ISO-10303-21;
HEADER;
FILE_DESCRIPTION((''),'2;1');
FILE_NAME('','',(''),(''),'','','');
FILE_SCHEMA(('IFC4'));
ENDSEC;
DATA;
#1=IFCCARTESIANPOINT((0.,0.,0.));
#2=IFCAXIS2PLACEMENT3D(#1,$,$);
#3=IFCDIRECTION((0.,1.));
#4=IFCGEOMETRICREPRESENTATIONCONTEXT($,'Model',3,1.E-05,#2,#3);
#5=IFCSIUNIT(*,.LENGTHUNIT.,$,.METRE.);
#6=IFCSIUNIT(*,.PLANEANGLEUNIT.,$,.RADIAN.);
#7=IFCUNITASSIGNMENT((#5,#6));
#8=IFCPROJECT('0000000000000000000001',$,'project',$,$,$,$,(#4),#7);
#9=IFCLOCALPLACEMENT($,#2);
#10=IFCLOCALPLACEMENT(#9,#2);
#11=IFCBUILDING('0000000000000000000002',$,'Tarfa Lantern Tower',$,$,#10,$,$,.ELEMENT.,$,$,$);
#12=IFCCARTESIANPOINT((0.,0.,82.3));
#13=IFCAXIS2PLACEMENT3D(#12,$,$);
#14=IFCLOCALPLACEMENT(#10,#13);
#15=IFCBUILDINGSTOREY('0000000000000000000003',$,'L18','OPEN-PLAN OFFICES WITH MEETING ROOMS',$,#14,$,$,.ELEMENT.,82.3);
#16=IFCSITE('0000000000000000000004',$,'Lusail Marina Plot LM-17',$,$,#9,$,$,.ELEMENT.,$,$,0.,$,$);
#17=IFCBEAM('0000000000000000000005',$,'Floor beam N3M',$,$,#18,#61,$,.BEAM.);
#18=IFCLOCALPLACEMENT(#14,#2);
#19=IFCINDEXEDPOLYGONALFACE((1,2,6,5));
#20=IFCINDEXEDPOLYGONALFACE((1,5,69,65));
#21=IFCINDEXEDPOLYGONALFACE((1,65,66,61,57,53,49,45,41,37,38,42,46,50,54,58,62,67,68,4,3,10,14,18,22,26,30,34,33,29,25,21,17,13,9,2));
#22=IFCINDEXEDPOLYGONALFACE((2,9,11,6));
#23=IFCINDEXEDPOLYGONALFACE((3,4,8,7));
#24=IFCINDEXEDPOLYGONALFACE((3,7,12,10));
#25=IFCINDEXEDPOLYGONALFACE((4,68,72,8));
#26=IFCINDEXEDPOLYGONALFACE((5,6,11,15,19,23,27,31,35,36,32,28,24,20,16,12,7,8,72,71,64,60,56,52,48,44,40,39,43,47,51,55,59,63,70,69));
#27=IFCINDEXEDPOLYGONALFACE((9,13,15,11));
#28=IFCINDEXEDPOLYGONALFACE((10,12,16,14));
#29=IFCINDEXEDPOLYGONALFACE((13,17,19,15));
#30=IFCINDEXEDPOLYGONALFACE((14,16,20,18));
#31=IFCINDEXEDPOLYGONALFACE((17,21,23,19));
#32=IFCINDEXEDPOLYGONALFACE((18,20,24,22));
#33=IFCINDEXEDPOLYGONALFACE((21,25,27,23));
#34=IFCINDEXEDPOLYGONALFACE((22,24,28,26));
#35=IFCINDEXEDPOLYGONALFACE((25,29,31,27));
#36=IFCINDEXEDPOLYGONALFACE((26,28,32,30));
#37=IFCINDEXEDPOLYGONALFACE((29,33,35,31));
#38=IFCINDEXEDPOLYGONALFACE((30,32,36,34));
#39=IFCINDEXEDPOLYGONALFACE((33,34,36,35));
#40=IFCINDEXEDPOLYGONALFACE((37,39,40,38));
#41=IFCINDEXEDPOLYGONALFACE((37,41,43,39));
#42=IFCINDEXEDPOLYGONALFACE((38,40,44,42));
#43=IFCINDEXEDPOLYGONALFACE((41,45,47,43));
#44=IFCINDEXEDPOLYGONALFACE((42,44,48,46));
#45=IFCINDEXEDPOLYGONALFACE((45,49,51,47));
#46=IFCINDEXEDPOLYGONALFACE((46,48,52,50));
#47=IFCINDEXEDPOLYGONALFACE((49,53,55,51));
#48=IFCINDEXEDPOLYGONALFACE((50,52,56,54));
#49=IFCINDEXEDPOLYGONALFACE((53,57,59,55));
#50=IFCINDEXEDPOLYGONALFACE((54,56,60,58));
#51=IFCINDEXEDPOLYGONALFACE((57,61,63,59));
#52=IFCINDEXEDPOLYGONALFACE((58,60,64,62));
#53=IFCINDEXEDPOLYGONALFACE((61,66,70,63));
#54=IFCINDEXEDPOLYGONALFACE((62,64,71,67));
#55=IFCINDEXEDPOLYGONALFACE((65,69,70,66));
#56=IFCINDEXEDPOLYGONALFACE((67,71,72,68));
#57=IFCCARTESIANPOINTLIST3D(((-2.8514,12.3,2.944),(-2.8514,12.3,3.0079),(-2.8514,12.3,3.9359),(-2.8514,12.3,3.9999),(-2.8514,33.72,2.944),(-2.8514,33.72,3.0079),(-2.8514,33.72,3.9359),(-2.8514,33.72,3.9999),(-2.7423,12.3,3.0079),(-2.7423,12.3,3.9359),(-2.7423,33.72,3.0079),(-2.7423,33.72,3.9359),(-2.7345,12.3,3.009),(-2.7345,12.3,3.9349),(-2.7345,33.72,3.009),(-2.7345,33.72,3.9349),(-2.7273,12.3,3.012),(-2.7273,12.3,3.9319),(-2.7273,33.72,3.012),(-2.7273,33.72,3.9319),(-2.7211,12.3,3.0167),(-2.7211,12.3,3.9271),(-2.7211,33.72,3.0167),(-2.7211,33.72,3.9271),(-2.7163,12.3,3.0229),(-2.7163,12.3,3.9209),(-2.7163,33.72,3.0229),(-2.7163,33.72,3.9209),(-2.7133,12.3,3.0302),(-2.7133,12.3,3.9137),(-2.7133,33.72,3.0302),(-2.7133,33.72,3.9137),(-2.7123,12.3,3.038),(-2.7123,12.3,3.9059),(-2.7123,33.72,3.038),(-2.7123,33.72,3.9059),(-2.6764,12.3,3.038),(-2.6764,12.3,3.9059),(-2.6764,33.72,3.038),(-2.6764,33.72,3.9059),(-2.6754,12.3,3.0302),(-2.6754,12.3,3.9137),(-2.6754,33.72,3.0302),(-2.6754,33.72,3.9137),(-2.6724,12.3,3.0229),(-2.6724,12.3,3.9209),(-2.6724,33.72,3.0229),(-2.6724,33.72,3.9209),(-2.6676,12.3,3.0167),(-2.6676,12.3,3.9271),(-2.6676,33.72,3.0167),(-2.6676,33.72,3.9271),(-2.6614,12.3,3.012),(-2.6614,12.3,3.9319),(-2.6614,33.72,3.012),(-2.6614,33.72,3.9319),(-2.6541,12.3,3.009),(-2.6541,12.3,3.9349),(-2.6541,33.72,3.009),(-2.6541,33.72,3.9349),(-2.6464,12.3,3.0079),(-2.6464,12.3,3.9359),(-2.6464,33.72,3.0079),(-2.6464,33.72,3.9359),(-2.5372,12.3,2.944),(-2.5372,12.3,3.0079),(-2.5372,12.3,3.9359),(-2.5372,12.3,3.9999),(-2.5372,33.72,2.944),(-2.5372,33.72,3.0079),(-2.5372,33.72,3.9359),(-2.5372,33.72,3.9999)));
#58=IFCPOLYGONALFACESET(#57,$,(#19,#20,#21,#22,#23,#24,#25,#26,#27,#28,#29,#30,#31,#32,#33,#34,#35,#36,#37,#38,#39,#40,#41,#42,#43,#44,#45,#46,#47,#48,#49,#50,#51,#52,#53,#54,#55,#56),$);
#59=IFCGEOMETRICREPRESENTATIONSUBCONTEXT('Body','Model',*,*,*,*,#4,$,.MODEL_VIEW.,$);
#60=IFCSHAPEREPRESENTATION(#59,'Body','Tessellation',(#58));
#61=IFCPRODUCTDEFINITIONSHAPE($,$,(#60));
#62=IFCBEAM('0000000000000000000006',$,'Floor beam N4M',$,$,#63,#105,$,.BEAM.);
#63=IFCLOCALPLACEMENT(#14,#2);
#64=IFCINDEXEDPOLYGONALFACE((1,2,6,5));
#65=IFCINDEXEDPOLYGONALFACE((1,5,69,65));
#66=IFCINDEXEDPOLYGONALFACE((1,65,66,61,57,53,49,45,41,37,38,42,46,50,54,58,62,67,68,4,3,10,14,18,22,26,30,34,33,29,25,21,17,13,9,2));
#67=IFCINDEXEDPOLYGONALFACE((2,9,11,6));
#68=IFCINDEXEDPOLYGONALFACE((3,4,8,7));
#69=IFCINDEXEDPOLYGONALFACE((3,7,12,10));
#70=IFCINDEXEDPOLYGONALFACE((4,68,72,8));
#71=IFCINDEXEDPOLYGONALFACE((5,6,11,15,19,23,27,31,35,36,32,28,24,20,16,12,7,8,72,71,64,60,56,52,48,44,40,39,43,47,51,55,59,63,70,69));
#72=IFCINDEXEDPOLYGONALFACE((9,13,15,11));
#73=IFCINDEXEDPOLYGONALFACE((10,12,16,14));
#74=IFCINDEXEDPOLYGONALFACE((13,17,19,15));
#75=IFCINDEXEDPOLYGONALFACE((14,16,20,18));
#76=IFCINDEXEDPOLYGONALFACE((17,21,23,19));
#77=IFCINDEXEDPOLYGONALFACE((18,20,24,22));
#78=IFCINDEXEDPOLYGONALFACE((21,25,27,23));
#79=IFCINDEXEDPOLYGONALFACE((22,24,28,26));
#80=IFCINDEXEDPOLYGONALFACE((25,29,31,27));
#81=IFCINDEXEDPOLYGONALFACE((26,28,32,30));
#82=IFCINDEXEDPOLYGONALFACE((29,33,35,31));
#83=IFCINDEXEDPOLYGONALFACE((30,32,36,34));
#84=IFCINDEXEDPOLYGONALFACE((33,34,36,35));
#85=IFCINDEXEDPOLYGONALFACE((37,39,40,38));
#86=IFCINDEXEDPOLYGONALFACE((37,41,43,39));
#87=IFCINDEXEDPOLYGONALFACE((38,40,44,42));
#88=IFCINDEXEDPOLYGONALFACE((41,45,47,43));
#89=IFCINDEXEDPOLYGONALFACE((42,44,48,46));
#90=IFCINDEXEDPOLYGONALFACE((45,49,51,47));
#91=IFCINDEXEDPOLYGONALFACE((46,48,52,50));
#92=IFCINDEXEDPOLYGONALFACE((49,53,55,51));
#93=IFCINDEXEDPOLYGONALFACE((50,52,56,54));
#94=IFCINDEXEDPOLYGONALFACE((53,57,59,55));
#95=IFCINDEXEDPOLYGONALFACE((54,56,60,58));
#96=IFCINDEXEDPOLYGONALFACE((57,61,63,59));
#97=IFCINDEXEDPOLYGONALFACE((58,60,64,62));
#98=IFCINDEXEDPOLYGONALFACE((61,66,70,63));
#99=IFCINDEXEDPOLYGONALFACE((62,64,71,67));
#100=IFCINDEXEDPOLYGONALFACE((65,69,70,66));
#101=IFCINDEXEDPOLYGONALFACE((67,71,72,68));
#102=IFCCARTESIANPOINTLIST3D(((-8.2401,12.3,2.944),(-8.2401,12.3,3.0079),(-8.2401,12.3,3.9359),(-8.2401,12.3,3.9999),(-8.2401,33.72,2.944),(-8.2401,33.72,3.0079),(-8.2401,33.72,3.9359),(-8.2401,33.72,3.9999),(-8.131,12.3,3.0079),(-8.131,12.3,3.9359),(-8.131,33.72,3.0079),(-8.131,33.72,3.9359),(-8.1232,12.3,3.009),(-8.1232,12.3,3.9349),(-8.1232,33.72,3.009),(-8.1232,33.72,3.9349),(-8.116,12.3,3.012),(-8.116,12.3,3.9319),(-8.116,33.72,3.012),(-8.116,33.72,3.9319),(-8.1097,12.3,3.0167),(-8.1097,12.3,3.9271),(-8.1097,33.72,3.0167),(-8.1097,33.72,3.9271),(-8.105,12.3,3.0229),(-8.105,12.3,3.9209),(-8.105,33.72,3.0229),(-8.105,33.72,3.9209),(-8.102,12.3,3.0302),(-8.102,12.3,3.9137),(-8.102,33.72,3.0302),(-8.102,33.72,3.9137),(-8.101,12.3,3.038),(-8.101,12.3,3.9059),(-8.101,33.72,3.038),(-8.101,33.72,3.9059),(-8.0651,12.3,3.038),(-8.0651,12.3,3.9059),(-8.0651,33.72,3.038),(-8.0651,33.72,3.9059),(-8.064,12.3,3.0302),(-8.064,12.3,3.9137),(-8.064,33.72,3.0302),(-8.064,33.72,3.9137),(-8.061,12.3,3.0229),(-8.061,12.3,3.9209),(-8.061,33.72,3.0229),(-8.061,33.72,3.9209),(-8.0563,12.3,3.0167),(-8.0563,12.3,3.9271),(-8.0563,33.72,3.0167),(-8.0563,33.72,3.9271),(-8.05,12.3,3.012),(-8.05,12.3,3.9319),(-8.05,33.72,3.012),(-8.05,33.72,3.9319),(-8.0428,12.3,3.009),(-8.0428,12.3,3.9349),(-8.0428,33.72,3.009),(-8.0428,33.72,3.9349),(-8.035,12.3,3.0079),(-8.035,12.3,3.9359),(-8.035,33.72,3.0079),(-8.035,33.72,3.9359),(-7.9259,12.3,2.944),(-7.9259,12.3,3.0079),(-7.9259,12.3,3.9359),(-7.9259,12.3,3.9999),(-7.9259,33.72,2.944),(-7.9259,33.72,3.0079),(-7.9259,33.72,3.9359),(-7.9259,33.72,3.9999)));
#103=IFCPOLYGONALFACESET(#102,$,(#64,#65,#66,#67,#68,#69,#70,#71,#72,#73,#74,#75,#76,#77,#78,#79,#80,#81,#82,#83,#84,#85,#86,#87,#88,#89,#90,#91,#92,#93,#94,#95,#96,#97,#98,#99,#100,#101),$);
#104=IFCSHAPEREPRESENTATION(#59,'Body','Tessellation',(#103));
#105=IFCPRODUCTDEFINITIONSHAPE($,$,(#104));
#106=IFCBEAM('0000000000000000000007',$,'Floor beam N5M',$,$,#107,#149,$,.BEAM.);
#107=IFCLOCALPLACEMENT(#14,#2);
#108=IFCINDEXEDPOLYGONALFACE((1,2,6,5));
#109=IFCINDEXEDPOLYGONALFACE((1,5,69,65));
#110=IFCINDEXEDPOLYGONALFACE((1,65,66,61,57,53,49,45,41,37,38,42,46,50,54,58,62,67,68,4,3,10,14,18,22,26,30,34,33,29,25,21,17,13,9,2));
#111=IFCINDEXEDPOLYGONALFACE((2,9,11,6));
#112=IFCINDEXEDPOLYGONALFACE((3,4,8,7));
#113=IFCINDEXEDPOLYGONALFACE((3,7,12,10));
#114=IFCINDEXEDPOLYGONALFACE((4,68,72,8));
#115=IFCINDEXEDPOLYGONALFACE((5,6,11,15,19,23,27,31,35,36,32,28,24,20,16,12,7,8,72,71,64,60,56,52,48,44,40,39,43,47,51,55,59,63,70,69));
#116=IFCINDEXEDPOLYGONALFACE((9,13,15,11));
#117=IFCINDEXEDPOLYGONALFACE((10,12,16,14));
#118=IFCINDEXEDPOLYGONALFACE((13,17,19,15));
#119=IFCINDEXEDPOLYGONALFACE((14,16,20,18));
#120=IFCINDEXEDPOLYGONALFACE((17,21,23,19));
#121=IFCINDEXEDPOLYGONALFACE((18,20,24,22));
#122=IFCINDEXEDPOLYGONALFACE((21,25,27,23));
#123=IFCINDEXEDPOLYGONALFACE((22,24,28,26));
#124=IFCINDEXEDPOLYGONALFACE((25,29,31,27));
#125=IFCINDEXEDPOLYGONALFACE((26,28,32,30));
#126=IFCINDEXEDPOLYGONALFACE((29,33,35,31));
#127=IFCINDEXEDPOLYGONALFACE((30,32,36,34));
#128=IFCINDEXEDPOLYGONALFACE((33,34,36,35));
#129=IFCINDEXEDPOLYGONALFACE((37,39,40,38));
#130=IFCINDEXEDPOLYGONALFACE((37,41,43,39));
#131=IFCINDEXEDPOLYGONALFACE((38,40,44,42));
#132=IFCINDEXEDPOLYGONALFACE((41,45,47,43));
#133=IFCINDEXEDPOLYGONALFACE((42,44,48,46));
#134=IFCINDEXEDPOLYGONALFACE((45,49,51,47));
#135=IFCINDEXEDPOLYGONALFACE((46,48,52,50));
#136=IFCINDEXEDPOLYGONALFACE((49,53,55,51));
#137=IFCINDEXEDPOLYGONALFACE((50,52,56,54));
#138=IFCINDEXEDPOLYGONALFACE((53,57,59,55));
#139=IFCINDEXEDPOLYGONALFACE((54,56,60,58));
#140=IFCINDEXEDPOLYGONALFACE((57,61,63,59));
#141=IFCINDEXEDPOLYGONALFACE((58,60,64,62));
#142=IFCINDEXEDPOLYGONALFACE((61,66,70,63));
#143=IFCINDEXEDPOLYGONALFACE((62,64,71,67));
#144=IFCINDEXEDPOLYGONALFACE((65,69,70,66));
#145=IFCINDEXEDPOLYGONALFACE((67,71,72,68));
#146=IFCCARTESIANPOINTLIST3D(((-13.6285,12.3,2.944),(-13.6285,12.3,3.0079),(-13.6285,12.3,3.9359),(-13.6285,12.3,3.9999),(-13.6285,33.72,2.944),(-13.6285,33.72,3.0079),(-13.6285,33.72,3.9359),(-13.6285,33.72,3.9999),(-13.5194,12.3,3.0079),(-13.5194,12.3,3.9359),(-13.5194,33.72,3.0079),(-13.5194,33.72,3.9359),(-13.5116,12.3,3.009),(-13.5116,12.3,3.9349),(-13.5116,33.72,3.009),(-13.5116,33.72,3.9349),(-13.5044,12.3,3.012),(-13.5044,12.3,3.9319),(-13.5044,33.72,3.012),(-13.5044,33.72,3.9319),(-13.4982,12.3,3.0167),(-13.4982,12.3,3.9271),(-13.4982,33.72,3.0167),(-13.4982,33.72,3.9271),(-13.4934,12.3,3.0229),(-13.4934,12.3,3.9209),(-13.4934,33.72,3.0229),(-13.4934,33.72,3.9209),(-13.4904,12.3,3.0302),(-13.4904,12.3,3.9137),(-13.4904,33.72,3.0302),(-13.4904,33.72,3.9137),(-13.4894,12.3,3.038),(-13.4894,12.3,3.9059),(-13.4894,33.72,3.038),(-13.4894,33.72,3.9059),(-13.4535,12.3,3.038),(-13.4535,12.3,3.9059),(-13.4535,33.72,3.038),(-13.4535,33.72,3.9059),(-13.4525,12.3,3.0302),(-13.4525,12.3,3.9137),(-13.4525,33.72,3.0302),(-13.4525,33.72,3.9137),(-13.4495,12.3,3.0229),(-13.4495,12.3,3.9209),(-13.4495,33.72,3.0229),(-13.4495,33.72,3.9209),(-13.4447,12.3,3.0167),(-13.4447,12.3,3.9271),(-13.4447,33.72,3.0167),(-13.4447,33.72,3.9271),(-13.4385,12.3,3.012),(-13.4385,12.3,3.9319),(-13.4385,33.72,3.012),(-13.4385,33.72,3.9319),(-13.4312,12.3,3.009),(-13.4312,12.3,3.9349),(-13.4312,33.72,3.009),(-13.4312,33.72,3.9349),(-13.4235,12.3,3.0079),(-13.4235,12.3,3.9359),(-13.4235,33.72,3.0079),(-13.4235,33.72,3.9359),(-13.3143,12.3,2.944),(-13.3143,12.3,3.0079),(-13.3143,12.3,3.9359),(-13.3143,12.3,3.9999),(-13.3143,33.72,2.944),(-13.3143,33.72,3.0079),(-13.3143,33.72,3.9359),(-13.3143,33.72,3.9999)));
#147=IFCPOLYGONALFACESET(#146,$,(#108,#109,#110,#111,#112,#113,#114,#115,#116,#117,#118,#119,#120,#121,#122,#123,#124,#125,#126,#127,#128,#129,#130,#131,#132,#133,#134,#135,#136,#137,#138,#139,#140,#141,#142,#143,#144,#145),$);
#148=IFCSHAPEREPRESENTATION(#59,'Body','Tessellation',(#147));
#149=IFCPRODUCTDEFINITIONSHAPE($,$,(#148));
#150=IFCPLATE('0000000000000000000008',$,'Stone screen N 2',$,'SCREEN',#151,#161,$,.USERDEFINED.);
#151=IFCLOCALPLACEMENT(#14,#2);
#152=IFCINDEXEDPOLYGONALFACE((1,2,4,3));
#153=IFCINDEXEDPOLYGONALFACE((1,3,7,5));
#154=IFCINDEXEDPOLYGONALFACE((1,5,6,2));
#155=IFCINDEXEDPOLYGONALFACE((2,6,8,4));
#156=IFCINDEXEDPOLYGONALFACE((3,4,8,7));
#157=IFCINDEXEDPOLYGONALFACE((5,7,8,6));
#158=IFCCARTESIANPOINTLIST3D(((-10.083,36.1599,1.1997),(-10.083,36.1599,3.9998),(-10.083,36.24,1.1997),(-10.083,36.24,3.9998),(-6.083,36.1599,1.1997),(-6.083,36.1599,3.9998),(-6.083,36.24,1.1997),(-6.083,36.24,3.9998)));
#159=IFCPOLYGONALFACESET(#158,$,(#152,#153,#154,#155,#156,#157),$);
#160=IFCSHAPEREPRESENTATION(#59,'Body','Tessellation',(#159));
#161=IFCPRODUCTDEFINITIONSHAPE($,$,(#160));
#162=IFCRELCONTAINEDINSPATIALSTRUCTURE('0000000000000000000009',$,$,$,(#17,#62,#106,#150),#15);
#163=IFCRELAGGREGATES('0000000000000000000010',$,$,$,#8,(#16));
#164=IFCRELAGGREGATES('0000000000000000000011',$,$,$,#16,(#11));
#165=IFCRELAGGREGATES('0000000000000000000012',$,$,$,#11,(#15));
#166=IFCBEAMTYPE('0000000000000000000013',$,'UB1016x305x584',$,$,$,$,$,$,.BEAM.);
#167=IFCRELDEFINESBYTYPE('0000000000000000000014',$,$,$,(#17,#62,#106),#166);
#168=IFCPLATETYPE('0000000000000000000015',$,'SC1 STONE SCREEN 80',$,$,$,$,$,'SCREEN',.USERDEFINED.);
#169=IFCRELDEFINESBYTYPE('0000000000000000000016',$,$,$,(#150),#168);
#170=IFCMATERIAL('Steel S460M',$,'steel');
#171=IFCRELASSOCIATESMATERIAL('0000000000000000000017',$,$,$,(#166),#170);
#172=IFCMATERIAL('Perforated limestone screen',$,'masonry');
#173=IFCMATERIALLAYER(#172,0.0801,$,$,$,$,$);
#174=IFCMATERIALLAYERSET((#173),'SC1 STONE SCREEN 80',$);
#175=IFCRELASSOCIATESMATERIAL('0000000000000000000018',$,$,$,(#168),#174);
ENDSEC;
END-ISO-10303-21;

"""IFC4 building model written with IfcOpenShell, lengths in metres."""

from ifc_helpers import new_model, si_unit, direction, frame, origin, origin_2d, place, context, subcontext, project, spatial, rectangle, i_section, extrude, material, layer, layer_set, material_profile, profile_set, type_object, element, save


model = new_model("IFC4")

# Units and contexts
model_context = context("Model", 3, precision=1e-05, world=origin(), true_north=direction((0.0, 1.0)))
body_context = subcontext(model_context, "Body", "Model", "MODEL_VIEW")
ifc_project = project(units=[si_unit("LENGTHUNIT", "METRE"), si_unit("PLANEANGLEUNIT", "RADIAN")], contexts=[model_context])

# Site, building, storey
site_placement = place(None, origin())
site = spatial("IfcSite", under=ifc_project, at=site_placement, Name="Lusail Marina Plot LM-17", CompositionType="ELEMENT", RefElevation=0.0)
building_placement = place(site_placement, origin())
building = spatial("IfcBuilding", under=site, at=building_placement, Name="Tarfa Lantern Tower", CompositionType="ELEMENT")
storey_placement = place(building_placement, frame((0.0, 0.0, 82.3)))
storey = spatial("IfcBuildingStorey", under=building, at=storey_placement, Name="L18", Description="OPEN-PLAN OFFICES WITH MEETING ROOMS", CompositionType="ELEMENT", Elevation=82.3)

# Beams
ifc_material_1 = material(Name="Steel S460M", Category="steel")
ifc_material_profile_1 = material_profile(ifc_material_1, i_section(OverallWidth=0.3142, OverallDepth=1.0559, WebThickness=0.0359, FlangeThickness=0.064, FilletRadius=0.03, at=origin_2d()), Name="UB1016x305x584")
ifc_profile_set_1 = profile_set([ifc_material_profile_1], Name="Steel S460M")
beam_type_1 = type_object("IfcBeamType", Name="UB1016x305x584", PredefinedType="BEAM", material=ifc_profile_set_1)
for number, where, z_axis, x_axis, name in (
    (1, (-2.6943, 33.72, 3.4719), (0.0, -1.0, 0.0), (1.0, 0.0, 0.0), "Floor beam N3M"),
    (2, (-8.083, 33.72, 3.4719), (0.0, -1.0, 0.0), (1.0, 0.0, 0.0), "Floor beam N4M"),
    (3, (-13.4714, 33.72, 3.4719), (0.0, -1.0, 0.0), (1.0, 0.0, 0.0), "Floor beam N5M"),
):
    element("IfcBeam", number, at=place(storey_placement, frame(where, z_axis=z_axis, x_axis=x_axis)), inside=storey, type_object=beam_type_1, Name=name, PredefinedType="BEAM", context=body_context, shape_type="SweptSolid", body=[
        extrude(i_section(OverallWidth=0.3142, OverallDepth=1.0559, WebThickness=0.0359, FlangeThickness=0.064, FilletRadius=0.03, at=origin_2d()), origin(), (0.0, 0.0, 1.0), 21.4199),
    ])

# Plate
ifc_material_2 = material(Name="Perforated limestone screen", Category="masonry")
ifc_layer_1 = layer(ifc_material_2, 0.0801)
ifc_layer_set_1 = layer_set([ifc_layer_1], Name="SC1 STONE SCREEN 80")
plate_type = type_object("IfcPlateType", Name="SC1 STONE SCREEN 80", ElementType="SCREEN", PredefinedType="USERDEFINED", material=ifc_layer_set_1)
plate_placement = place(storey_placement, frame((-8.083, 36.2, 1.1997), z_axis=(0.0, 0.0, 1.0), x_axis=(-1.0, 0.0, 0.0)))
element("IfcPlate", 4, at=plate_placement, inside=storey, type_object=plate_type, Name="Stone screen N 2", ObjectType="SCREEN", PredefinedType="USERDEFINED", context=body_context, shape_type="SweptSolid", body=[
    extrude(rectangle(XDim=4.0, YDim=0.0801, at=origin_2d()), origin(), (0.0, 0.0, 1.0), 2.8),
])

save(model, "model.ifc")
